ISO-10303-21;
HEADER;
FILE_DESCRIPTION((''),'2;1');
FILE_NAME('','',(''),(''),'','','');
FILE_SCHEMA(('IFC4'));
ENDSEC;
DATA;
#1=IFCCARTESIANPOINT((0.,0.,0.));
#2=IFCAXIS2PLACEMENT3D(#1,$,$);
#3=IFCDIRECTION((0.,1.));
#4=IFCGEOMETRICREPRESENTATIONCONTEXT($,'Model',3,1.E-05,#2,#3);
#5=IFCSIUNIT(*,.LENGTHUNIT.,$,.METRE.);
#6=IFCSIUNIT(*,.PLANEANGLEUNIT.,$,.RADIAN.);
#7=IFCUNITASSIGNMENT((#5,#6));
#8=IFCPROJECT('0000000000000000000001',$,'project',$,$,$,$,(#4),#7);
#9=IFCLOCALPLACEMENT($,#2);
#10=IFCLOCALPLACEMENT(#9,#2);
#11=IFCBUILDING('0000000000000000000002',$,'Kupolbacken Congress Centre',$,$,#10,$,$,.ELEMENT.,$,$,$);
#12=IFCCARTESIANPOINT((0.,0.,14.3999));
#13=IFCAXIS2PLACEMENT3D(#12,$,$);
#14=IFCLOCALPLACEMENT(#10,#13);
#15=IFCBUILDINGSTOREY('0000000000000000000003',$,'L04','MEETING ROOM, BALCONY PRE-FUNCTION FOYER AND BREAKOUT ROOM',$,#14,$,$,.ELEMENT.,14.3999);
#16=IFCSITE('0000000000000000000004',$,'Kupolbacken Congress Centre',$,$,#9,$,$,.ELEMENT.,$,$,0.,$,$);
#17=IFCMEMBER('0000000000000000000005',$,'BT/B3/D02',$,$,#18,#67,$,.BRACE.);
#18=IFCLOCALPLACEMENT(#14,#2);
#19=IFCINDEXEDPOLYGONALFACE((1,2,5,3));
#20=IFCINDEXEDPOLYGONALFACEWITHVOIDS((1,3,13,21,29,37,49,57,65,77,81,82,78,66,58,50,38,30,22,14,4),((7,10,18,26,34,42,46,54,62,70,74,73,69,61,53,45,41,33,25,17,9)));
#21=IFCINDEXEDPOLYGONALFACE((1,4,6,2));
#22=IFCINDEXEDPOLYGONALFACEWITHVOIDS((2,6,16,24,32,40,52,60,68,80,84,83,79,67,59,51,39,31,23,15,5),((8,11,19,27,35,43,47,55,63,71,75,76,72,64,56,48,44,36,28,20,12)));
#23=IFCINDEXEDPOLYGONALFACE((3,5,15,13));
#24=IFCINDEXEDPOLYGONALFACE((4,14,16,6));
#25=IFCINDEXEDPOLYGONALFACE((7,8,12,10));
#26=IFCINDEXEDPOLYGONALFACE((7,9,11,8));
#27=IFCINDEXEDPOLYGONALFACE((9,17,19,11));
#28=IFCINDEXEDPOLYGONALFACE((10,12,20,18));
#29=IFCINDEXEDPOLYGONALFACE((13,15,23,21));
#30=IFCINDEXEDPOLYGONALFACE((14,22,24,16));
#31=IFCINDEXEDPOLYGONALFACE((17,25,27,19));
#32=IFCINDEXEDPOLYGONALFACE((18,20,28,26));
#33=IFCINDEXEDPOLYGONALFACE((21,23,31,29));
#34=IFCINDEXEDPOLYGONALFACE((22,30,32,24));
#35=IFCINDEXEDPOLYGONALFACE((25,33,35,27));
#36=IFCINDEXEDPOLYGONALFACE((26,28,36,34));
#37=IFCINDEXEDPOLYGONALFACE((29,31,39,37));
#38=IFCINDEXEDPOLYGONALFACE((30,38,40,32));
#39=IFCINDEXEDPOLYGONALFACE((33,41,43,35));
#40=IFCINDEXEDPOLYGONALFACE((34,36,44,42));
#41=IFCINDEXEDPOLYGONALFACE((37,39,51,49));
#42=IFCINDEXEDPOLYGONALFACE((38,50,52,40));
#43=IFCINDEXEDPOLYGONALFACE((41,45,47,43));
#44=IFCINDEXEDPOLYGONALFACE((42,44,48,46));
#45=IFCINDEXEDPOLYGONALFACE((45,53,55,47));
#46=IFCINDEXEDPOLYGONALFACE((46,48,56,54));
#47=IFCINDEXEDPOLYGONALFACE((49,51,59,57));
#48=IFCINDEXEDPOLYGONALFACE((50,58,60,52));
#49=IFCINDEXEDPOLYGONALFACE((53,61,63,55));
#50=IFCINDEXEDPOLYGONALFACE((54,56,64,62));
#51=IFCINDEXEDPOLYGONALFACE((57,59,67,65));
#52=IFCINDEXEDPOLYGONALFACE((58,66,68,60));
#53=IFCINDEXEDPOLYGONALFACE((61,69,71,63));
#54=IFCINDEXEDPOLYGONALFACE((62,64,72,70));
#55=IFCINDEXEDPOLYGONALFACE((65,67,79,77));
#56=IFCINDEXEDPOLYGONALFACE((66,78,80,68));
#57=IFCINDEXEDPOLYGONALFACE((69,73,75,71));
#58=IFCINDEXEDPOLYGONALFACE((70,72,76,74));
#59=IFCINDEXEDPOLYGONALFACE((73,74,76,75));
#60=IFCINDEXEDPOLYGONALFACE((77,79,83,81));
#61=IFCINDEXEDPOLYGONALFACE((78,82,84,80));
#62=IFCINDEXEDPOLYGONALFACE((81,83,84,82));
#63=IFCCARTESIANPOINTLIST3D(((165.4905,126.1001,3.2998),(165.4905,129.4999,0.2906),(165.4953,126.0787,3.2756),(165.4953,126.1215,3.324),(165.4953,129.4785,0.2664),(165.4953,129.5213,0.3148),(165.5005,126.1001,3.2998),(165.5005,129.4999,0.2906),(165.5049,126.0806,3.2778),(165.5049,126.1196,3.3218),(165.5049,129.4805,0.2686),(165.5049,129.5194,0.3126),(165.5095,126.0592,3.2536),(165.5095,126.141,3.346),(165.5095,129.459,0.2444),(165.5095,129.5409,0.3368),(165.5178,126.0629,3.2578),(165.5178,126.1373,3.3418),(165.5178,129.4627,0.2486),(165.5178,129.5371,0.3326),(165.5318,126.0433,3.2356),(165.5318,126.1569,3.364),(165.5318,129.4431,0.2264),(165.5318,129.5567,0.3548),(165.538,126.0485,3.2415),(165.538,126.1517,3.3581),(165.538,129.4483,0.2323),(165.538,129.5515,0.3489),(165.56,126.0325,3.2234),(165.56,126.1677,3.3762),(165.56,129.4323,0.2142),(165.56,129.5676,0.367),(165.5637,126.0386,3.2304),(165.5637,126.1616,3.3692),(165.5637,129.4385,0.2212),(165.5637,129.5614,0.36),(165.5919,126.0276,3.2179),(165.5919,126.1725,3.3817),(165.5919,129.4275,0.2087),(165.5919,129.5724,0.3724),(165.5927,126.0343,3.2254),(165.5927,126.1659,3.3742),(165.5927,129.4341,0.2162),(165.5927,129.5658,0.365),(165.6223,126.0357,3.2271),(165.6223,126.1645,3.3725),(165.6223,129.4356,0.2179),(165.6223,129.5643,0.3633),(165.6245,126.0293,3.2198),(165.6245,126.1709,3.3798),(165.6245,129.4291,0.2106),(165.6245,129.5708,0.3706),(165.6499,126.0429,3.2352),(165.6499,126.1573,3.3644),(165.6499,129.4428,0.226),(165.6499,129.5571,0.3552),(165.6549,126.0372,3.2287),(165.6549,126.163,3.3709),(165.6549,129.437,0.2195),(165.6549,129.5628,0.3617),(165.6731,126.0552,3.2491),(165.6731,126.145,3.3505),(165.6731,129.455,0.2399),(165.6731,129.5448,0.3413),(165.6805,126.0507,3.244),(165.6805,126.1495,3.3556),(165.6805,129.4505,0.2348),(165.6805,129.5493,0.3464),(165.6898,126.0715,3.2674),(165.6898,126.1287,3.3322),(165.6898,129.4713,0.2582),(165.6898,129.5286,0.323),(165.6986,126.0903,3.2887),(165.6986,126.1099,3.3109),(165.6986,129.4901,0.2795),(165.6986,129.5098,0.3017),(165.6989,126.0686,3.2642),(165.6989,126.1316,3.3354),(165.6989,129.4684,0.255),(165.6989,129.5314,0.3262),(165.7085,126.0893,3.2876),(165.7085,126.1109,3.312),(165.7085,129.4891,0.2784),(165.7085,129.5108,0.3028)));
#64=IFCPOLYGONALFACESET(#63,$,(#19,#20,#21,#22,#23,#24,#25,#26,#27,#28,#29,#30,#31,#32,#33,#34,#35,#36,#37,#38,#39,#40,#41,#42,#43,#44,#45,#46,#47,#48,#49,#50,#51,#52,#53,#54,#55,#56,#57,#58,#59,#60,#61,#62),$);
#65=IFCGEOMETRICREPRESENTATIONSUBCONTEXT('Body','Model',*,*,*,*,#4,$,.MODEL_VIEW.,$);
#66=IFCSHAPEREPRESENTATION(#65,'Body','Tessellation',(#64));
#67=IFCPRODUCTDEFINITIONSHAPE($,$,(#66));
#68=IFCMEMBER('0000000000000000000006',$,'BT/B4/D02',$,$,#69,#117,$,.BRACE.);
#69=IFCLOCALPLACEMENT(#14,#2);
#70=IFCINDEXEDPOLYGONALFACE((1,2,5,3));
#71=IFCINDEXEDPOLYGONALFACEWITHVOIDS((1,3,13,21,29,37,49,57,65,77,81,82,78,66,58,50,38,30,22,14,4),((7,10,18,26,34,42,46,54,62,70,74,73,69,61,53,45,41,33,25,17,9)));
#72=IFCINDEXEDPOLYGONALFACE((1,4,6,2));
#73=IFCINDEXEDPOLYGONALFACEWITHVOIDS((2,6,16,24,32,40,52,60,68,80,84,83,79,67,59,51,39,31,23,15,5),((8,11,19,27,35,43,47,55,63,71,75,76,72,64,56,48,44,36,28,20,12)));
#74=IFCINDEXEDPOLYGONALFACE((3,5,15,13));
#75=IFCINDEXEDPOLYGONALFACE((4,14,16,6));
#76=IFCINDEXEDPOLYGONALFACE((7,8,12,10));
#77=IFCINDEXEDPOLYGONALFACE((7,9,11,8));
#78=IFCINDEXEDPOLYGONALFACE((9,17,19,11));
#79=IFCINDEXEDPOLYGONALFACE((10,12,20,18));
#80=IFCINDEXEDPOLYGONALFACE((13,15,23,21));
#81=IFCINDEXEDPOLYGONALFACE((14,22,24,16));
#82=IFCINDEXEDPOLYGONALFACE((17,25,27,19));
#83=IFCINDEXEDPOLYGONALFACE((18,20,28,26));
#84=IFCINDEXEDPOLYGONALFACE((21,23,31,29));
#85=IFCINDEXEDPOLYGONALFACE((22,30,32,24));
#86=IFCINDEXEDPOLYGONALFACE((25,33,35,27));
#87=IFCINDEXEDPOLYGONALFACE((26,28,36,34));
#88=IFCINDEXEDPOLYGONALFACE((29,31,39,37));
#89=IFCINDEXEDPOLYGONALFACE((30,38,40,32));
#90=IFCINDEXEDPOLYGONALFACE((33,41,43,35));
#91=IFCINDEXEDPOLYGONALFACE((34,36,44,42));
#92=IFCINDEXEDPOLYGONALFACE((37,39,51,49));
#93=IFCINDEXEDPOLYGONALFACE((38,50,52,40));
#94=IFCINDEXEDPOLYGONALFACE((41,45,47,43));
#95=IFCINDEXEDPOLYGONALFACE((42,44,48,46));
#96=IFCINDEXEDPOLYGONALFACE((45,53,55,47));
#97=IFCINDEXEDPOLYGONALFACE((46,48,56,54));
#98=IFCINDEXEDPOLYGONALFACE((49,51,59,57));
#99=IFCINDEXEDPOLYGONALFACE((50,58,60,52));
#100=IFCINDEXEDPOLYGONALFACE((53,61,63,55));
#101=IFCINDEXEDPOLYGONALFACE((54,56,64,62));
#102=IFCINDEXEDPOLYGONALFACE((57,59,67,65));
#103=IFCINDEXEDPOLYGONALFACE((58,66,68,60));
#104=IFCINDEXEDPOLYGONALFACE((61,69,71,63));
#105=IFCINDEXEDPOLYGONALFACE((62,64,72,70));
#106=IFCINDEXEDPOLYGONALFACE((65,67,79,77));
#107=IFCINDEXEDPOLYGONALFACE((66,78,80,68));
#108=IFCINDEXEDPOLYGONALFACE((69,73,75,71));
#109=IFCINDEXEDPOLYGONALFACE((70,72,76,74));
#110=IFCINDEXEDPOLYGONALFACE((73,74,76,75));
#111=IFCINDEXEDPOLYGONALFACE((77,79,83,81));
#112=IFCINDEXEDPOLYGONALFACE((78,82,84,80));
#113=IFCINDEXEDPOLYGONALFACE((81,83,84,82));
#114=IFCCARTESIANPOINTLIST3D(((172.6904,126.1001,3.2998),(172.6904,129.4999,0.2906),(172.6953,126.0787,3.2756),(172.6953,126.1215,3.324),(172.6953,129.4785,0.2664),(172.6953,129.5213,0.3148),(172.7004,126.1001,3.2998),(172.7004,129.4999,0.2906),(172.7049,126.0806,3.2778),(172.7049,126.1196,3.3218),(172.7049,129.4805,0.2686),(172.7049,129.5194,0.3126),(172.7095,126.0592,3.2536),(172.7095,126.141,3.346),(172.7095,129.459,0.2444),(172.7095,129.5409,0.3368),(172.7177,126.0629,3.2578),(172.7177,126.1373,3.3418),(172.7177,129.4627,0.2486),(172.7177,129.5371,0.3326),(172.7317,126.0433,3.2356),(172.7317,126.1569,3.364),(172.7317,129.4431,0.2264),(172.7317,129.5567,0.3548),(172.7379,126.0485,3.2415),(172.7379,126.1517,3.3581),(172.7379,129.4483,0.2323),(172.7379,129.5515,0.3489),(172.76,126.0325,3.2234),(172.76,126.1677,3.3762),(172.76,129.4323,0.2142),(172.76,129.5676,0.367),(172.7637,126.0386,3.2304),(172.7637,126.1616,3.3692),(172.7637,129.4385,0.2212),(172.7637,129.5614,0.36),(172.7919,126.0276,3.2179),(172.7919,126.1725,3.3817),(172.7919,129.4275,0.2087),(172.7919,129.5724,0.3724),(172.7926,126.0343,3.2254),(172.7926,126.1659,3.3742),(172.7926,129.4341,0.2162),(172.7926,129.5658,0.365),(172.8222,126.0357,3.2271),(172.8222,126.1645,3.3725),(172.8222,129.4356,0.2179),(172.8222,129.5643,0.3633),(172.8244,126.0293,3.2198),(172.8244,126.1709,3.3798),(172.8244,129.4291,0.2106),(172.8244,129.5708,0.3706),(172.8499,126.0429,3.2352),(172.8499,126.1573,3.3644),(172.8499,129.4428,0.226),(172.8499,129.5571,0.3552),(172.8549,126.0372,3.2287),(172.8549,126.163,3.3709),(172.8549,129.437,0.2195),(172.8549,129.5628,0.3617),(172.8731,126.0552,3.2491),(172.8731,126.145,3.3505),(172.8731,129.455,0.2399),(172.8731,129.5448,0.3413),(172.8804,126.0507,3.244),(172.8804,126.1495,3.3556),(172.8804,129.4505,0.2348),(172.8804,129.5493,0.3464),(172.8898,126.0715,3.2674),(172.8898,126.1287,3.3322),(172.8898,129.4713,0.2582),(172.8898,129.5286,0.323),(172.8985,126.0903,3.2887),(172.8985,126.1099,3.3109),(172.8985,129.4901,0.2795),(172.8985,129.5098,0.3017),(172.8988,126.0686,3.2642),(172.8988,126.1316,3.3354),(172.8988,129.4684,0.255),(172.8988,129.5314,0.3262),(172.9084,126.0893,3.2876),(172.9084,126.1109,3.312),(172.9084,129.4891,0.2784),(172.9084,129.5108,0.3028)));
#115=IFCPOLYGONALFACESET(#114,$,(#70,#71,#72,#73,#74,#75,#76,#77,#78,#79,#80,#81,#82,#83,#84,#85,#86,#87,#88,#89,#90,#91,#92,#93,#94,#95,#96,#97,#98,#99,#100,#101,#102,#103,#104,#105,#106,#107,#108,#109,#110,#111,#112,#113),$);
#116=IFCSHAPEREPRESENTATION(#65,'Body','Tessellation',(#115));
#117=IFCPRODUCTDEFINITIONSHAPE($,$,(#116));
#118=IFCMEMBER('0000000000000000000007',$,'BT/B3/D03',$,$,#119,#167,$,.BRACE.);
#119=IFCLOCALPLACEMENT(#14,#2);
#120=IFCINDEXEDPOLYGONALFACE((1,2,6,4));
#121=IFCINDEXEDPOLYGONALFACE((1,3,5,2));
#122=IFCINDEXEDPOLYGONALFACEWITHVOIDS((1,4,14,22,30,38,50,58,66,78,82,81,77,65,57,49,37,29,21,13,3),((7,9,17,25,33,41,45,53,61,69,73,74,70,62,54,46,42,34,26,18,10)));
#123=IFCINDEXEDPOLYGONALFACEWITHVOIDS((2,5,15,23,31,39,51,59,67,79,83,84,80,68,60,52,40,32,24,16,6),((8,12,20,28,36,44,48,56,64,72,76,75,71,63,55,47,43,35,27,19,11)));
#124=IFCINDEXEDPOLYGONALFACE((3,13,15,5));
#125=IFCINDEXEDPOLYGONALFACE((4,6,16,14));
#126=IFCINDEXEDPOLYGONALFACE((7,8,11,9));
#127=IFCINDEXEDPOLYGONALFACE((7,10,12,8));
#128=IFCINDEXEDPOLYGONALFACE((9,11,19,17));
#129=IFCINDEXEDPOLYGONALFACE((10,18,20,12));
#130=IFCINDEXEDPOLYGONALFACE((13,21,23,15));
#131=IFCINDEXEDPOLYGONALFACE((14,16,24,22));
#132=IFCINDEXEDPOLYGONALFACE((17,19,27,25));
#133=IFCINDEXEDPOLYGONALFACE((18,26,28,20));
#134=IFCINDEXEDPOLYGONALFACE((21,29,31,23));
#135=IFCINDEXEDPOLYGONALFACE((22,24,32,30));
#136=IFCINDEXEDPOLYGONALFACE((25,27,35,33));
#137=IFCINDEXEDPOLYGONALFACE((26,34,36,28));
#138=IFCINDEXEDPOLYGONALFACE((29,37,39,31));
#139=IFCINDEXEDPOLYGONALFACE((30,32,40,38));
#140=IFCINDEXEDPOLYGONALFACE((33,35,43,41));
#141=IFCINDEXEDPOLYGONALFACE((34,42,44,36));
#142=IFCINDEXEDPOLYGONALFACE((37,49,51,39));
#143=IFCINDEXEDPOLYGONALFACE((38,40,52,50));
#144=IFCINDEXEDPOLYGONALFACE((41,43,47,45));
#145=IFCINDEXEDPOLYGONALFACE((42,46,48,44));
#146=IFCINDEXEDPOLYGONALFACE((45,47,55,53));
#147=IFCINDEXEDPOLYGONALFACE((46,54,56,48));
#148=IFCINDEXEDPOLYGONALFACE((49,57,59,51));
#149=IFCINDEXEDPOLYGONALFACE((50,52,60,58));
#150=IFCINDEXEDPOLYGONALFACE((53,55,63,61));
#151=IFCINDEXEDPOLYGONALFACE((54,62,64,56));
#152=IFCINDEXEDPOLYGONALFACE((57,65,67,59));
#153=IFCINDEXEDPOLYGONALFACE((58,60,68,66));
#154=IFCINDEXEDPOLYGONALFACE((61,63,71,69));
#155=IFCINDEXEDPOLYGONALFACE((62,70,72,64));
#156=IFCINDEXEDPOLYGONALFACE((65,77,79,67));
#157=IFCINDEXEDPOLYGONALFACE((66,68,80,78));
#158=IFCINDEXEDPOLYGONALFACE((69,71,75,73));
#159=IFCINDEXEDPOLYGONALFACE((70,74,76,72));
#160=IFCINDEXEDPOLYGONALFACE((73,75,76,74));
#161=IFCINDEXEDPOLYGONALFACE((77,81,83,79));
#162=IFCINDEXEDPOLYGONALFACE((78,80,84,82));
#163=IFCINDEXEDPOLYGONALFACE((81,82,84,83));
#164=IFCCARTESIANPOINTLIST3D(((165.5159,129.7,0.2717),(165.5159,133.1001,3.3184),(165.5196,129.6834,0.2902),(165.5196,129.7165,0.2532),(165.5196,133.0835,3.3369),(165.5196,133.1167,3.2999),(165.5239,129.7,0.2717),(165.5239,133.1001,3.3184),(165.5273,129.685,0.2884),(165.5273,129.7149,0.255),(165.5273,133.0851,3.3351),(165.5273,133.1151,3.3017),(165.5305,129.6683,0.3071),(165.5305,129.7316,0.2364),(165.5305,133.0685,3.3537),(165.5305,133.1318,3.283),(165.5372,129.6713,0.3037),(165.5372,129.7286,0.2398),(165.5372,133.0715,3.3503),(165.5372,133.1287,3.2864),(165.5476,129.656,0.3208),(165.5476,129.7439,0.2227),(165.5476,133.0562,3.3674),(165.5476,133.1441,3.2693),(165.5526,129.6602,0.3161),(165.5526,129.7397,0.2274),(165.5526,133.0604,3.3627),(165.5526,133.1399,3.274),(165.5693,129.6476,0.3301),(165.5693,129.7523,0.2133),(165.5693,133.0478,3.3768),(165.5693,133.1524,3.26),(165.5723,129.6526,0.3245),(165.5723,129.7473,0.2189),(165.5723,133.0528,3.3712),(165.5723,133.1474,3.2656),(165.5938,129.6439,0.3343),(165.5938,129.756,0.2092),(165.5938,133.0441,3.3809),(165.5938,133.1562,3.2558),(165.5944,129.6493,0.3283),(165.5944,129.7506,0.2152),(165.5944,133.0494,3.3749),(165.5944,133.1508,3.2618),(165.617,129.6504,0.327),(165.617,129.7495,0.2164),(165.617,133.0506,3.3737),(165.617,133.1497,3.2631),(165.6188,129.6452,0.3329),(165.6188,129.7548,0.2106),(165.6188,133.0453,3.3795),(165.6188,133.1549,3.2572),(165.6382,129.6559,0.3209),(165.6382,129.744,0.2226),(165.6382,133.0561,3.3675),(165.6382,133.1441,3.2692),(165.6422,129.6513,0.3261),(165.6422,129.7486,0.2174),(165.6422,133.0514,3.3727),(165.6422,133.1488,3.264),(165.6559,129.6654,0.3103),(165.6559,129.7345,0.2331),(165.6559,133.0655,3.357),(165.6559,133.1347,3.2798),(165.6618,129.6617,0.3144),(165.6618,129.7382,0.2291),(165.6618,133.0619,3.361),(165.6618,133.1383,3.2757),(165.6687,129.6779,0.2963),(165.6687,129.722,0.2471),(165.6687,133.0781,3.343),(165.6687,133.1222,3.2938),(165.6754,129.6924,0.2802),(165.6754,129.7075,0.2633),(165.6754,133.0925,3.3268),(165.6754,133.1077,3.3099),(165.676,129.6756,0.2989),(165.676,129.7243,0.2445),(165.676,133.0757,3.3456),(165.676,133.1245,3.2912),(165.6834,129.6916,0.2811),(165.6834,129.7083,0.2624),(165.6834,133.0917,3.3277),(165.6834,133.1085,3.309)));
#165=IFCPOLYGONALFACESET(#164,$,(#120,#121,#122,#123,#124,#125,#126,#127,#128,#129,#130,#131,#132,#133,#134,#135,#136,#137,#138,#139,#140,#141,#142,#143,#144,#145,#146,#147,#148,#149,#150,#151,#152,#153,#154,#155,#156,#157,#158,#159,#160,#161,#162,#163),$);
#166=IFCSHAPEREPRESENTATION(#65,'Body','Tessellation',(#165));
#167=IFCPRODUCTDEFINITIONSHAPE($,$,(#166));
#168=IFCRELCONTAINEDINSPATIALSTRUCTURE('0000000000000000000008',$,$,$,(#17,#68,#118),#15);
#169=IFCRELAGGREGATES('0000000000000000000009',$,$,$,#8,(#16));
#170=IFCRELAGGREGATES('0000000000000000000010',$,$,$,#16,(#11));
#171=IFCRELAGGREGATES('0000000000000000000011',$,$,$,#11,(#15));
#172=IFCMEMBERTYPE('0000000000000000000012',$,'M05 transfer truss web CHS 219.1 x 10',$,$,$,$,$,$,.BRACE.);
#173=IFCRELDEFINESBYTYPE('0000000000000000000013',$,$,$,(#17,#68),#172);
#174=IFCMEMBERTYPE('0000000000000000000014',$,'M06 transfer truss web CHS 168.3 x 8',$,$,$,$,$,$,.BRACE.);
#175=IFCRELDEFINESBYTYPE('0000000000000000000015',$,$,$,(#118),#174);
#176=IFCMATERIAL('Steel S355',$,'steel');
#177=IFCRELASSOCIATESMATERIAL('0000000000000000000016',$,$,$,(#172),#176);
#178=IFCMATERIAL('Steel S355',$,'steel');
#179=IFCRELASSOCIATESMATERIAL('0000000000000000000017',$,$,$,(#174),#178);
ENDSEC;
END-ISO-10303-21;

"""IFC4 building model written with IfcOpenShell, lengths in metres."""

from ifc_helpers import new_model, si_unit, direction, frame, origin, origin_2d, place, context, subcontext, project, spatial, hollow_circle, extrude, material, material_profile, profile_set, type_object, element, save


model = new_model("IFC4")

# Units and contexts
model_context = context("Model", 3, precision=1e-05, world=origin(), true_north=direction((0.0, 1.0)))
body_context = subcontext(model_context, "Body", "Model", "MODEL_VIEW")
ifc_project = project(units=[si_unit("LENGTHUNIT", "METRE"), si_unit("PLANEANGLEUNIT", "RADIAN")], contexts=[model_context])

# Site, building, storey
site_placement = place(None, origin())
site = spatial("IfcSite", under=ifc_project, at=site_placement, Name="Kupolbacken Congress Centre", CompositionType="ELEMENT", RefElevation=0.0)
building_placement = place(site_placement, origin())
building = spatial("IfcBuilding", under=site, at=building_placement, Name="Kupolbacken Congress Centre", CompositionType="ELEMENT")
storey_placement = place(building_placement, frame((0.0, 0.0, 14.3999)))
storey = spatial("IfcBuildingStorey", under=building, at=storey_placement, Name="L04", Description="MEETING ROOM, BALCONY PRE-FUNCTION FOYER AND BREAKOUT ROOM", CompositionType="ELEMENT", Elevation=14.3999)

# Members
ifc_material_1 = material(Name="Steel S355", Category="steel")
ifc_material_profile_1 = material_profile(ifc_material_1, hollow_circle(Radius=0.1096, WallThickness=0.01, at=origin_2d()), Name="CHS 219.1 x 10")
ifc_profile_set_1 = profile_set([ifc_material_profile_1], Name="Steel S355")
member_type_1 = type_object("IfcMemberType", Name="M05 transfer truss web CHS 219.1 x 10", PredefinedType="BRACE", material=ifc_profile_set_1)
for number, where, z_axis, x_axis, name in (
    (1, (165.6001, 126.1001, 3.2998), (0.0, 0.748814, -0.66278), (-1.0, 0.0, 0.0), "BT/B3/D02"),
    (2, (172.8, 126.1001, 3.2998), (0.0, 0.748814, -0.66278), (-1.0, 0.0, 0.0), "BT/B4/D02"),
):
    element("IfcMember", number, at=place(storey_placement, frame(where, z_axis=z_axis, x_axis=x_axis)), inside=storey, type_object=member_type_1, Name=name, PredefinedType="BRACE", context=body_context, shape_type="SweptSolid", body=[
        extrude(hollow_circle(Radius=0.1096, WallThickness=0.01, at=origin_2d()), origin(), (0.0, 0.0, 1.0), 4.5403),
    ])
ifc_material_2 = material(Name="Steel S355", Category="steel")
ifc_material_profile_2 = material_profile(ifc_material_2, hollow_circle(Radius=0.0842, WallThickness=0.0081, at=origin_2d()), Name="CHS 168.3 x 8")
ifc_profile_set_2 = profile_set([ifc_material_profile_2], Name="Steel S355")
member_type_2 = type_object("IfcMemberType", Name="M06 transfer truss web CHS 168.3 x 8", PredefinedType="BRACE", material=ifc_profile_set_2)
member_1_placement = place(storey_placement, frame((165.6001, 129.7, 0.2717), z_axis=(0.0, 0.744763, 0.667329), x_axis=(-1.0, 0.0, 0.0)))
element("IfcMember", 3, at=member_1_placement, inside=storey, type_object=member_type_2, Name="BT/B3/D03", PredefinedType="BRACE", context=body_context, shape_type="SweptSolid", body=[
    extrude(hollow_circle(Radius=0.0842, WallThickness=0.0081, at=origin_2d()), origin(), (0.0, 0.0, 1.0), 4.5654),
])

save(model, "model.ifc")
